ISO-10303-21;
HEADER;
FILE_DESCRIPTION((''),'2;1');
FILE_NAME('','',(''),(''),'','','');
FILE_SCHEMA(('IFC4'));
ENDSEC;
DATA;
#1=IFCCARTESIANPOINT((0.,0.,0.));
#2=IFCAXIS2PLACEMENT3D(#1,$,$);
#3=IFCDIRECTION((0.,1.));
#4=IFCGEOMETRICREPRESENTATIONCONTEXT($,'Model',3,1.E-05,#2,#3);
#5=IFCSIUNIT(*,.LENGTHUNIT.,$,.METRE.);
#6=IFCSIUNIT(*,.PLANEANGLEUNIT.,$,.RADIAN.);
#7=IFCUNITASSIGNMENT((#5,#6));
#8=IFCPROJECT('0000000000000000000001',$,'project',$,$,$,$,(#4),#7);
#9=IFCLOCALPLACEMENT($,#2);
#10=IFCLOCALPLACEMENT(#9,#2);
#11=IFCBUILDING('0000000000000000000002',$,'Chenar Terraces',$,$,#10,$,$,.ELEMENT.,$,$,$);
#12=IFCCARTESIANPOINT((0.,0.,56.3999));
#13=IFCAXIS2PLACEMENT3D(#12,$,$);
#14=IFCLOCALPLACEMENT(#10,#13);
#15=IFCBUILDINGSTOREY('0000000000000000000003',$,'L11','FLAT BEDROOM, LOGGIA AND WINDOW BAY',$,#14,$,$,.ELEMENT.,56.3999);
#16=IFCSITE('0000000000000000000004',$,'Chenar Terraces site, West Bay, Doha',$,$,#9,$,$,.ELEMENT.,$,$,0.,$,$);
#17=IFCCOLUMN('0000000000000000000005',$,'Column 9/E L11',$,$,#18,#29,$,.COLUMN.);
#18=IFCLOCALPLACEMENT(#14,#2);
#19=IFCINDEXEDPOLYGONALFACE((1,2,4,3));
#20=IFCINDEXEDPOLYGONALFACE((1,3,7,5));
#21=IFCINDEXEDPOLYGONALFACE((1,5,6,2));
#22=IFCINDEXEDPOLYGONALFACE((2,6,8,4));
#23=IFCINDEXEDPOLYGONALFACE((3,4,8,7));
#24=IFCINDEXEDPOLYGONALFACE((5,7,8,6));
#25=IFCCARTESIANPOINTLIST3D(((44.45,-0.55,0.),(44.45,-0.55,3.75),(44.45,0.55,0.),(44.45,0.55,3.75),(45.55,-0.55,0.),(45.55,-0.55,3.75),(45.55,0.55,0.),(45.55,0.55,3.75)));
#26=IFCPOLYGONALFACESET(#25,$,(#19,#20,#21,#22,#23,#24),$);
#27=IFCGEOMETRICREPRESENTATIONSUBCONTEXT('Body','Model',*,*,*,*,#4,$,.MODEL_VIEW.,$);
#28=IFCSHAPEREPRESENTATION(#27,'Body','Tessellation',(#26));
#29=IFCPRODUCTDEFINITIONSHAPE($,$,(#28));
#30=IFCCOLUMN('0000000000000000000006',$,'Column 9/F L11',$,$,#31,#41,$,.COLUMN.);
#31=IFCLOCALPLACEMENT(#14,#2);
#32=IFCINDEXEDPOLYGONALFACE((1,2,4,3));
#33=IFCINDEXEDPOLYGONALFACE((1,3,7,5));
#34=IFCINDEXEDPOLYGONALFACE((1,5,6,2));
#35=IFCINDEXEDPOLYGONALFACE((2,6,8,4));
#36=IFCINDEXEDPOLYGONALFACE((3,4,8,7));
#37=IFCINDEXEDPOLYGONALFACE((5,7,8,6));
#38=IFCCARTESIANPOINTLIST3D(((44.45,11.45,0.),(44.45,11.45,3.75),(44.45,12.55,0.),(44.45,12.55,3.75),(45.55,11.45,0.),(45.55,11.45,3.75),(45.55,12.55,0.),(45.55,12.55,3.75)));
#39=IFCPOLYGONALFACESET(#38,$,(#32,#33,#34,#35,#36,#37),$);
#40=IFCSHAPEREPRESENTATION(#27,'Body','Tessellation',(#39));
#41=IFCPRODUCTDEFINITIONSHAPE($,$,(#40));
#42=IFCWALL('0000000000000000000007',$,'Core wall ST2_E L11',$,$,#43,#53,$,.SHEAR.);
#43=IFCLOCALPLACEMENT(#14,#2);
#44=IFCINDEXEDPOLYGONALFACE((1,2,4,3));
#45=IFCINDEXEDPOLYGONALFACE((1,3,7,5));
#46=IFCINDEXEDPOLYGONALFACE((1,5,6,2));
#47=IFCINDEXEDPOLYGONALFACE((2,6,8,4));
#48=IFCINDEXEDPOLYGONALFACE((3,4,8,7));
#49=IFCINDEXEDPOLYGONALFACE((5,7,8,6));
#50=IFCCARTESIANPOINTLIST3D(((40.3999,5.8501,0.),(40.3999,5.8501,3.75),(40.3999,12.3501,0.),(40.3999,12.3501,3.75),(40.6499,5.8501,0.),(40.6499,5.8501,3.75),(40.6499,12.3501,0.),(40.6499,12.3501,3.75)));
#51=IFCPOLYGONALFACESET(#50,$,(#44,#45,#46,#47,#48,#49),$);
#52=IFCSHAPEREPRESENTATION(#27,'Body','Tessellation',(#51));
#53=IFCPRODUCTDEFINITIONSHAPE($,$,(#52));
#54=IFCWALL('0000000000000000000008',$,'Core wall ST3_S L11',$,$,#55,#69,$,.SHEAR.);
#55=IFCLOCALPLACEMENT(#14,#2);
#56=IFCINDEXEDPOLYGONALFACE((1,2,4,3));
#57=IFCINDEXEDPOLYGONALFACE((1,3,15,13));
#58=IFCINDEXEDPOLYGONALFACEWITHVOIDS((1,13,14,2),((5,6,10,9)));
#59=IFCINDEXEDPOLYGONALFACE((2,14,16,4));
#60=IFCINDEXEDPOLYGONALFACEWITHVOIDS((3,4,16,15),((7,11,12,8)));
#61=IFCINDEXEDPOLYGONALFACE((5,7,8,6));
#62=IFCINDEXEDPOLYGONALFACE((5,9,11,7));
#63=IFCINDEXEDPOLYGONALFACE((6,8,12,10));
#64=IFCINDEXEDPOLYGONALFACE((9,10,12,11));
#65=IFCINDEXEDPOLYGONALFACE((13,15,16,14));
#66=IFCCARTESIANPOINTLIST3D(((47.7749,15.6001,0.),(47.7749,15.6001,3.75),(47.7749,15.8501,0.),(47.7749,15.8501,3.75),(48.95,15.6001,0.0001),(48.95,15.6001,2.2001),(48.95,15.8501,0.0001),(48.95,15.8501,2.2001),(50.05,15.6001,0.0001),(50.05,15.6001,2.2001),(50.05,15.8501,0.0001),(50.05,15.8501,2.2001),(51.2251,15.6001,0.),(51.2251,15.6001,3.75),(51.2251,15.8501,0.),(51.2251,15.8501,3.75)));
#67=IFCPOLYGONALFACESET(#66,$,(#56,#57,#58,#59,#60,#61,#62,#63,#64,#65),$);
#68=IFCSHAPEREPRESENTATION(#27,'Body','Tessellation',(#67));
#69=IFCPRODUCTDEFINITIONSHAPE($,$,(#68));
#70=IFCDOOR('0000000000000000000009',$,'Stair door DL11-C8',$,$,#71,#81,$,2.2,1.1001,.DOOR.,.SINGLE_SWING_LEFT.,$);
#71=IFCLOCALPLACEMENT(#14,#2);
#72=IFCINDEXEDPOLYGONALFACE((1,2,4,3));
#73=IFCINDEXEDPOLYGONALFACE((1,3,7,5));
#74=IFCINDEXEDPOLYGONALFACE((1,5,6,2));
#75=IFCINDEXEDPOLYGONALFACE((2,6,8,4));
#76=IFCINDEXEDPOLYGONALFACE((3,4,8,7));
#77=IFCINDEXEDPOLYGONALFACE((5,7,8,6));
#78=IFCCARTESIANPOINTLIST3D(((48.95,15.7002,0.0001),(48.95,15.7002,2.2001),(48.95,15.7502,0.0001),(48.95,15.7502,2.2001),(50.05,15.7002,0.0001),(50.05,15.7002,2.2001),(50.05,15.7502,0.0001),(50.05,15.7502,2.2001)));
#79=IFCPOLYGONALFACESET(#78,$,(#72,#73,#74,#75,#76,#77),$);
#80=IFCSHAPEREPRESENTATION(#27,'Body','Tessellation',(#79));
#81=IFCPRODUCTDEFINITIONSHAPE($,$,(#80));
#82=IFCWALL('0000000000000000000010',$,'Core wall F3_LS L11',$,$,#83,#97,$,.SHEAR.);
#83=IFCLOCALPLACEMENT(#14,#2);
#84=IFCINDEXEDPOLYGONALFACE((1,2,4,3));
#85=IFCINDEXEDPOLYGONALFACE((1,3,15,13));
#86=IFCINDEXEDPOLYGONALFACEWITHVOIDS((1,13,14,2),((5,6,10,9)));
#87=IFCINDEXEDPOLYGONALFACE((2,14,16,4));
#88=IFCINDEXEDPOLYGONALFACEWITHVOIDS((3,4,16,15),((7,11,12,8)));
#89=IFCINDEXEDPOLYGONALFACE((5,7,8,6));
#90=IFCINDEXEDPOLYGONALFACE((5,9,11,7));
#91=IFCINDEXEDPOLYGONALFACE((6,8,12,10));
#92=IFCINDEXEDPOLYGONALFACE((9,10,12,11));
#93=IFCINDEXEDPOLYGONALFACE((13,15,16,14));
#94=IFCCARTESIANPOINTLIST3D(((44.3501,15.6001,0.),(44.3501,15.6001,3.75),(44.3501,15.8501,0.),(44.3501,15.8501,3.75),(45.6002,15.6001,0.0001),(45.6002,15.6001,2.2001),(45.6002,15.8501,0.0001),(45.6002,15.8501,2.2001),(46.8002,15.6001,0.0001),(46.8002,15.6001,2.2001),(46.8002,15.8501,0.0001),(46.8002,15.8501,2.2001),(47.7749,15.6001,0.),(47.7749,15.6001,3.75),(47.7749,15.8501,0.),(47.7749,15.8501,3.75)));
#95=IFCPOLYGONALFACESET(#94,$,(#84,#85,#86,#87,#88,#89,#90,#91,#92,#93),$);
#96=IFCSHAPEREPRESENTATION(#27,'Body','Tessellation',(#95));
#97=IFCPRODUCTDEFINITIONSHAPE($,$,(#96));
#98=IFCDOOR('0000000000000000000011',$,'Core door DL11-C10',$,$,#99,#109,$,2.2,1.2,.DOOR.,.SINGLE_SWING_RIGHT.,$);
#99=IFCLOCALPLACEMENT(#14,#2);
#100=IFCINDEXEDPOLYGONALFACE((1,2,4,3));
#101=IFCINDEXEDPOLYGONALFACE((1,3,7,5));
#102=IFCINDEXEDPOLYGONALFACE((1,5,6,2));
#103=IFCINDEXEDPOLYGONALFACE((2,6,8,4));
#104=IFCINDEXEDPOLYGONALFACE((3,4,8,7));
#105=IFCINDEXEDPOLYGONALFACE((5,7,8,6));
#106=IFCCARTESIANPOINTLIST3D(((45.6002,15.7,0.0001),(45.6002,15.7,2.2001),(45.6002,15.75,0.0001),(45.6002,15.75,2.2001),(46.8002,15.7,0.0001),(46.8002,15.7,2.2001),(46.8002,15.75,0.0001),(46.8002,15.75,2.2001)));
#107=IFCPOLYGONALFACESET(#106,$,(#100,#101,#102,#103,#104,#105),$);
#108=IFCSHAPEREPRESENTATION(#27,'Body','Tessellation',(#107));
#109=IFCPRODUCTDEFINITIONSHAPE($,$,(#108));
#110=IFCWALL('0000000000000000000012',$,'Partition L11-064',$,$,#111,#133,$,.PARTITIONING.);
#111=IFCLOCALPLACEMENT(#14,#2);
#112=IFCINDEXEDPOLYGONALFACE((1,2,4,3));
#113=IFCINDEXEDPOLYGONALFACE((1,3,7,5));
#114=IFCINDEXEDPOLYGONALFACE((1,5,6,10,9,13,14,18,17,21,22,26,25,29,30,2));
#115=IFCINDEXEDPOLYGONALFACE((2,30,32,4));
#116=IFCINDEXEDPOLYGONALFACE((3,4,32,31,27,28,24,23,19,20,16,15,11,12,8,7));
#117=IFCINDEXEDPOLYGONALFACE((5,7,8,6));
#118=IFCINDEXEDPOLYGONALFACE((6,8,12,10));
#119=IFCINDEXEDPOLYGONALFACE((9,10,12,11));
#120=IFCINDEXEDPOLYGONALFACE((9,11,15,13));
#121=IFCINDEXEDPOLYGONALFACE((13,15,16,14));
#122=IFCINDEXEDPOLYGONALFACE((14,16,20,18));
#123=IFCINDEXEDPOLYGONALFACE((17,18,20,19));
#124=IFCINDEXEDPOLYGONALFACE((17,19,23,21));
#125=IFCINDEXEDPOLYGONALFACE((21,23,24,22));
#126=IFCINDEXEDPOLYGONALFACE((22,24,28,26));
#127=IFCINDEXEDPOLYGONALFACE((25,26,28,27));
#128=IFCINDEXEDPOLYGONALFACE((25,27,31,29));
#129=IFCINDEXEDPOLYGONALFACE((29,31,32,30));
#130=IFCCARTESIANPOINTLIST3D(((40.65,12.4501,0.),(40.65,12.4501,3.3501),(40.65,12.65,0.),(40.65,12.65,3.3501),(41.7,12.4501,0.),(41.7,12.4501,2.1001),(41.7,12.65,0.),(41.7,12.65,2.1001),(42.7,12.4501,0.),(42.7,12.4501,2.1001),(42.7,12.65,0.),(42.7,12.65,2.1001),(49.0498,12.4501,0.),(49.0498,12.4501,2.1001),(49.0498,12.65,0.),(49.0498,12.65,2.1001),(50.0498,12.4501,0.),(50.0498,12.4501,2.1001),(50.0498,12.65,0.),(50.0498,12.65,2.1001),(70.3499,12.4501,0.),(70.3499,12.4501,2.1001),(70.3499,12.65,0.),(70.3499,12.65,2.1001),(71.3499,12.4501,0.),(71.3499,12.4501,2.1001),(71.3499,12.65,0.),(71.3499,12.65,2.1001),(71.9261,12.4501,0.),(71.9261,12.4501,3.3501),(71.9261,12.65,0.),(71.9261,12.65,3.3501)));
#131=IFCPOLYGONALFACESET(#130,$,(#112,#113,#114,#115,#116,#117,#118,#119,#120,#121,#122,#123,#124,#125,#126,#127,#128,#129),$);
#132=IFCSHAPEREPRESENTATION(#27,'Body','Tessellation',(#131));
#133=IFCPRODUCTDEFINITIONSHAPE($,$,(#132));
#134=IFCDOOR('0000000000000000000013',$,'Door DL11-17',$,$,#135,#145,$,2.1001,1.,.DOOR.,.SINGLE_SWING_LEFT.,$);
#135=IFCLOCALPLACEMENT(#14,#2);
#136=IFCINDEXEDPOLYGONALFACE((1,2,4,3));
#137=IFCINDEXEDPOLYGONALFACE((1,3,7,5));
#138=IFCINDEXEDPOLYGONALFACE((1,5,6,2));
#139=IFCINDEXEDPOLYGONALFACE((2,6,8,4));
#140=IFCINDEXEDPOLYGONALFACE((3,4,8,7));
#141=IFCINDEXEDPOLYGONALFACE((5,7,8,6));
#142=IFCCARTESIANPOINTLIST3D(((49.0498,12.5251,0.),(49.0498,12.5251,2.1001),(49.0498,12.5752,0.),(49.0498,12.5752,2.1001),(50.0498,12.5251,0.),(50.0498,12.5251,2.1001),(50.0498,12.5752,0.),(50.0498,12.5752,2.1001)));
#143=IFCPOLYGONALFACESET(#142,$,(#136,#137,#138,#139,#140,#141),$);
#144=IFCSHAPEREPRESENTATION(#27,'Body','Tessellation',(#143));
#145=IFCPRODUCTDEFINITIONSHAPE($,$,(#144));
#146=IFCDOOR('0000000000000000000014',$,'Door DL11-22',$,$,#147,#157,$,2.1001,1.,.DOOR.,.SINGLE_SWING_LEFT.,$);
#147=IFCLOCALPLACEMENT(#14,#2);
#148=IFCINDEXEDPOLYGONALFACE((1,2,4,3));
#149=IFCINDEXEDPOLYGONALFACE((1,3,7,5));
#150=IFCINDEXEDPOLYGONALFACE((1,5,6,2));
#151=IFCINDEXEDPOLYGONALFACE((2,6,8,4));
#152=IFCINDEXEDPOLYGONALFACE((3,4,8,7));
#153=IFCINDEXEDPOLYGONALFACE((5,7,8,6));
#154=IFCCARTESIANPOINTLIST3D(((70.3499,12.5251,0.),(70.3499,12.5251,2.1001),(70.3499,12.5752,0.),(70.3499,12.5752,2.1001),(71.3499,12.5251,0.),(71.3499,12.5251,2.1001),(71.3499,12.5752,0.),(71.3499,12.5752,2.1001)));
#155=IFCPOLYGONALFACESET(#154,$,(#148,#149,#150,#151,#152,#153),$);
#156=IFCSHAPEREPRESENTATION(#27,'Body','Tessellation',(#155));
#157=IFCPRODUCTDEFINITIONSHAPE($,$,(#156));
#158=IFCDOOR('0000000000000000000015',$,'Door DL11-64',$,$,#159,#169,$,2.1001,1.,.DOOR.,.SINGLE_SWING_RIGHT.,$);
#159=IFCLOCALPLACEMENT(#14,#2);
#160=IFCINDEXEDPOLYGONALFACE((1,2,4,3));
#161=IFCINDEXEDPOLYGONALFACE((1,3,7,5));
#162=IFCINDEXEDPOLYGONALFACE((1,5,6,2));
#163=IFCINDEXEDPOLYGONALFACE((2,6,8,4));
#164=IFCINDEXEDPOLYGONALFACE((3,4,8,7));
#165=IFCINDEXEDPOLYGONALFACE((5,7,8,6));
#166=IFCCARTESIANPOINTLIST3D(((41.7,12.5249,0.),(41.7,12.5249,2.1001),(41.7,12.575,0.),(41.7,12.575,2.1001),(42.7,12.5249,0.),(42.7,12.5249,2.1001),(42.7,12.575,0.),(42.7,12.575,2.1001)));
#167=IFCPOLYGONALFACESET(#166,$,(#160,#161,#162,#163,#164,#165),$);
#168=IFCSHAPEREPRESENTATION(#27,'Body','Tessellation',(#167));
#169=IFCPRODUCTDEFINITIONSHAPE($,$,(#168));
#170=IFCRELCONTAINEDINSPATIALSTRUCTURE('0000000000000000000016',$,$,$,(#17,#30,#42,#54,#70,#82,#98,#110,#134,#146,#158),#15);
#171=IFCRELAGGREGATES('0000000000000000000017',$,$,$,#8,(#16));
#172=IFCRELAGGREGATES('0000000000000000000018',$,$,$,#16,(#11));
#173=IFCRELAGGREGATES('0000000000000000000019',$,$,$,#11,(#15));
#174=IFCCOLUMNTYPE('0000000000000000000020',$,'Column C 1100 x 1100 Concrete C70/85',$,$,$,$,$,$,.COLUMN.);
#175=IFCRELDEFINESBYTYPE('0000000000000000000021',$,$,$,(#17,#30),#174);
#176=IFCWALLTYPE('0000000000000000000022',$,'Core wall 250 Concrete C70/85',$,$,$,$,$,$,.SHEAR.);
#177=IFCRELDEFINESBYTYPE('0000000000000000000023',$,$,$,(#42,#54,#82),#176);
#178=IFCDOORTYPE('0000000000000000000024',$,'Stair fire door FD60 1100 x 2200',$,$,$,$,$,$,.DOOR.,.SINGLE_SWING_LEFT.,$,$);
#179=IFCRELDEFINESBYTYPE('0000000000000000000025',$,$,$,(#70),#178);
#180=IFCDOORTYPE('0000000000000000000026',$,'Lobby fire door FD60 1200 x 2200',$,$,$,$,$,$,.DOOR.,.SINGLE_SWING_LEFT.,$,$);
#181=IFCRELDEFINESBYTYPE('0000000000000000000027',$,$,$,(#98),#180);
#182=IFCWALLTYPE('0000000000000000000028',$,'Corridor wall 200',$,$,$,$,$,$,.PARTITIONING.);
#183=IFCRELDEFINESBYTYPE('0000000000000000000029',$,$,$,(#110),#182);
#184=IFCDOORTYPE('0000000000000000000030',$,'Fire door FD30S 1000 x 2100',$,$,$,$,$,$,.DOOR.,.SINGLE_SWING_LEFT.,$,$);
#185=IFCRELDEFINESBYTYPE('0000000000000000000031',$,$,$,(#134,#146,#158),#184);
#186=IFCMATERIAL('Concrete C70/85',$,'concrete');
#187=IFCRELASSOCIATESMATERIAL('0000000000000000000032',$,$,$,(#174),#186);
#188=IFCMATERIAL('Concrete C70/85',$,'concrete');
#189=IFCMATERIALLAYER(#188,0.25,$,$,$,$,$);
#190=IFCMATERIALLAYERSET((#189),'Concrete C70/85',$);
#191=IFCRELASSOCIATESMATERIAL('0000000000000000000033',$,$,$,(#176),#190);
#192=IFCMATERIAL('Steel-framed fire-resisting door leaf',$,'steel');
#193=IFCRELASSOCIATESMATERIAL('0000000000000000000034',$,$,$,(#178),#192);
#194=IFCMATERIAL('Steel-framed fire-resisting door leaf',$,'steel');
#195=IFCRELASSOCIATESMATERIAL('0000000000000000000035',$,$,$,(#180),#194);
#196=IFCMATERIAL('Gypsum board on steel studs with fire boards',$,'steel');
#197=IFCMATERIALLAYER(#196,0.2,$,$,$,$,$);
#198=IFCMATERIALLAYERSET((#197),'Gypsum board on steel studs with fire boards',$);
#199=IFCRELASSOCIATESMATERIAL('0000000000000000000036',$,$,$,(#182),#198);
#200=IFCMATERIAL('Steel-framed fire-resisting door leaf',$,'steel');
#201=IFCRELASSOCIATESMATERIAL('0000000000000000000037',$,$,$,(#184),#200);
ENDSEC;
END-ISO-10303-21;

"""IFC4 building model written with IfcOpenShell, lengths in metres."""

from ifc_helpers import new_model, si_unit, direction, frame, frame_2d, origin, origin_2d, place, context, subcontext, project, spatial, rectangle, extrude, material, layer, layer_set, material_profile, profile_set, type_object, element, fill, save


model = new_model("IFC4")

# Units and contexts
model_context = context("Model", 3, precision=1e-05, world=origin(), true_north=direction((0.0, 1.0)))
body_context = subcontext(model_context, "Body", "Model", "MODEL_VIEW")
ifc_project = project(units=[si_unit("LENGTHUNIT", "METRE"), si_unit("PLANEANGLEUNIT", "RADIAN")], contexts=[model_context])

# Site, building, storey
site_placement = place(None, origin())
site = spatial("IfcSite", under=ifc_project, at=site_placement, Name="Chenar Terraces site, West Bay, Doha", CompositionType="ELEMENT", RefElevation=0.0)
building_placement = place(site_placement, origin())
building = spatial("IfcBuilding", under=site, at=building_placement, Name="Chenar Terraces", CompositionType="ELEMENT")
storey_placement = place(building_placement, frame((0.0, 0.0, 56.3999)))
storey = spatial("IfcBuildingStorey", under=building, at=storey_placement, Name="L11", Description="FLAT BEDROOM, LOGGIA AND WINDOW BAY", CompositionType="ELEMENT", Elevation=56.3999)

# Columns
ifc_material_1 = material(Name="Concrete C70/85", Category="concrete")
ifc_material_profile_1 = material_profile(ifc_material_1, rectangle(XDim=1.1001, YDim=1.1001, at=origin_2d()), Name="C 1100 x 1100")
ifc_profile_set_1 = profile_set([ifc_material_profile_1], Name="Concrete C70/85")
column_type = type_object("IfcColumnType", Name="Column C 1100 x 1100 Concrete C70/85", PredefinedType="COLUMN", material=ifc_profile_set_1)
for number, where, z_axis, x_axis, name in (
    (1, (45.0, 0.0, 0.0), (0.0, 0.0, 1.0), (1.0, 0.0, 0.0), "Column 9/E L11"),
    (2, (45.0, 12.0, 0.0), (0.0, 0.0, 1.0), (1.0, 0.0, 0.0), "Column 9/F L11"),
):
    element("IfcColumn", number, at=place(storey_placement, frame(where, z_axis=z_axis, x_axis=x_axis)), inside=storey, type_object=column_type, Name=name, PredefinedType="COLUMN", context=body_context, shape_type="SweptSolid", body=[
        extrude(rectangle(XDim=1.1001, YDim=1.1001, at=origin_2d()), origin(), (0.0, 0.0, 1.0), 3.75),
    ])

# Wall
ifc_material_2 = material(Name="Concrete C70/85", Category="concrete")
ifc_layer_1 = layer(ifc_material_2, 0.25)
ifc_layer_set_1 = layer_set([ifc_layer_1], Name="Concrete C70/85")
wall_type_1 = type_object("IfcWallType", Name="Core wall 250 Concrete C70/85", PredefinedType="SHEAR", material=ifc_layer_set_1)
wall_1_placement = place(storey_placement, frame((40.5249, 5.8501, 0.0), z_axis=(0.0, 0.0, 1.0), x_axis=(0.0, 1.0, 0.0)))
element("IfcWall", 3, at=wall_1_placement, inside=storey, type_object=wall_type_1, Name="Core wall ST2_E L11", PredefinedType="SHEAR", context=body_context, shape_type="SweptSolid", body=[
    extrude(rectangle(XDim=6.5, YDim=0.25, at=frame_2d((3.25, 0.0))), origin(), (0.0, 0.0, 1.0), 3.75),
])

# Walls, openings, doors
wall_2_placement = place(storey_placement, frame((47.7749, 15.7251, 0.0), z_axis=(0.0, 0.0, 1.0), x_axis=(1.0, 0.0, 0.0)))
wall_2 = element("IfcWall", 4, at=wall_2_placement, inside=storey, type_object=wall_type_1, Name="Core wall ST3_S L11", PredefinedType="SHEAR", context=body_context, shape_type="SweptSolid", body=[
    extrude(rectangle(XDim=3.4502, YDim=0.25, at=frame_2d((1.7251, 0.0))), origin(), (0.0, 0.0, 1.0), 3.75),
])
opening_1_placement = place(wall_2_placement, frame((1.175, 0.0, 0.0)))
opening_1 = element("IfcOpeningElement", 5, at=opening_1_placement, cuts=wall_2, PredefinedType="OPENING", context=body_context, shape_type="SweptSolid", body=[
    extrude(rectangle(XDim=1.1001, YDim=2.2, at=frame_2d((0.55, 1.1001))), frame((0.0, 0.135, 0.0), z_axis=(0.0, -1.0, 0.0), x_axis=(1.0, 0.0, 0.0)), (0.0, 0.0, 1.0), 0.27),
])
ifc_material_3 = material(Name="Steel-framed fire-resisting door leaf", Category="steel")
door_type_1 = type_object("IfcDoorType", Name="Stair fire door FD60 1100 x 2200", OperationType="SINGLE_SWING_LEFT", PredefinedType="DOOR", material=ifc_material_3)
door_1_placement = place(opening_1_placement, frame((1.1001, 0.0, 0.0), z_axis=(0.0, 0.0, 1.0), x_axis=(-1.0, 0.0, 0.0)))
door_1 = element("IfcDoor", 6, at=door_1_placement, inside=storey, type_object=door_type_1, Name="Stair door DL11-C8", OperationType="SINGLE_SWING_LEFT", OverallHeight=2.2, OverallWidth=1.1001, PredefinedType="DOOR", context=body_context, shape_type="SweptSolid", body=[
    extrude(rectangle(XDim=1.1001, YDim=2.2, at=frame_2d((0.55, 1.1001))), frame((0.0, 0.0249, 0.0), z_axis=(0.0, -1.0, 0.0), x_axis=(1.0, 0.0, 0.0)), (0.0, 0.0, 1.0), 0.05),
])
fill(opening_1, door_1)
wall_3_placement = place(storey_placement, frame((44.3501, 15.7251, 0.0), z_axis=(0.0, 0.0, 1.0), x_axis=(1.0, 0.0, 0.0)))
wall_3 = element("IfcWall", 7, at=wall_3_placement, inside=storey, type_object=wall_type_1, Name="Core wall F3_LS L11", PredefinedType="SHEAR", context=body_context, shape_type="SweptSolid", body=[
    extrude(rectangle(XDim=3.4248, YDim=0.25, at=frame_2d((1.7124, 0.0))), origin(), (0.0, 0.0, 1.0), 3.75),
])
opening_2_placement = place(wall_3_placement, frame((1.25, 0.0, 0.0)))
opening_2 = element("IfcOpeningElement", 8, at=opening_2_placement, cuts=wall_3, PredefinedType="OPENING", context=body_context, shape_type="SweptSolid", body=[
    extrude(rectangle(XDim=1.2, YDim=2.2, at=frame_2d((0.6001, 1.1001))), frame((0.0, 0.135, 0.0), z_axis=(0.0, -1.0, 0.0), x_axis=(1.0, 0.0, 0.0)), (0.0, 0.0, 1.0), 0.27),
])
ifc_material_4 = material(Name="Steel-framed fire-resisting door leaf", Category="steel")
door_type_2 = type_object("IfcDoorType", Name="Lobby fire door FD60 1200 x 2200", OperationType="SINGLE_SWING_LEFT", PredefinedType="DOOR", material=ifc_material_4)
door_2_placement = place(opening_2_placement, origin())
door_2 = element("IfcDoor", 9, at=door_2_placement, inside=storey, type_object=door_type_2, Name="Core door DL11-C10", OperationType="SINGLE_SWING_RIGHT", OverallHeight=2.2, OverallWidth=1.2, PredefinedType="DOOR", context=body_context, shape_type="SweptSolid", body=[
    extrude(rectangle(XDim=1.2, YDim=2.2, at=frame_2d((0.6001, 1.1001))), frame((0.0, 0.0249, 0.0), z_axis=(0.0, -1.0, 0.0), x_axis=(1.0, 0.0, 0.0)), (0.0, 0.0, 1.0), 0.05),
])
fill(opening_2, door_2)

# Wall, openings, doors
ifc_material_5 = material(Name="Gypsum board on steel studs with fire boards", Category="steel")
ifc_layer_2 = layer(ifc_material_5, 0.2)
ifc_layer_set_2 = layer_set([ifc_layer_2], Name="Gypsum board on steel studs with fire boards")
wall_type_2 = type_object("IfcWallType", Name="Corridor wall 200", PredefinedType="PARTITIONING", material=ifc_layer_set_2)
wall_4_placement = place(storey_placement, frame((40.6499, 12.55, 0.0), z_axis=(0.0, 0.0, 1.0), x_axis=(1.0, 0.0, 0.0)))
wall_4 = element("IfcWall", 10, at=wall_4_placement, inside=storey, type_object=wall_type_2, Name="Partition L11-064", PredefinedType="PARTITIONING", context=body_context, shape_type="SweptSolid", body=[
    extrude(rectangle(XDim=31.2761, YDim=0.2, at=frame_2d((15.6382, 0.0))), origin(), (0.0, 0.0, 1.0), 3.3501),
])
opening_3_placement = place(wall_4_placement, frame((8.3999, 0.0, 0.0)))
opening_3 = element("IfcOpeningElement", 11, at=opening_3_placement, cuts=wall_4, PredefinedType="OPENING", context=body_context, shape_type="SweptSolid", body=[
    extrude(rectangle(XDim=1.0, YDim=2.1001, at=frame_2d((0.5, 1.05))), frame((0.0, 0.1099, 0.0), z_axis=(0.0, -1.0, 0.0), x_axis=(1.0, 0.0, 0.0)), (0.0, 0.0, 1.0), 0.22),
])
opening_4_placement = place(wall_4_placement, frame((29.7, 0.0, 0.0)))
opening_4 = element("IfcOpeningElement", 12, at=opening_4_placement, cuts=wall_4, PredefinedType="OPENING", context=body_context, shape_type="SweptSolid", body=[
    extrude(rectangle(XDim=1.0, YDim=2.1001, at=frame_2d((0.5, 1.05))), frame((0.0, 0.1099, 0.0), z_axis=(0.0, -1.0, 0.0), x_axis=(1.0, 0.0, 0.0)), (0.0, 0.0, 1.0), 0.22),
])
opening_5_placement = place(wall_4_placement, frame((1.05, 0.0, 0.0)))
opening_5 = element("IfcOpeningElement", 13, at=opening_5_placement, cuts=wall_4, PredefinedType="OPENING", context=body_context, shape_type="SweptSolid", body=[
    extrude(rectangle(XDim=1.0, YDim=2.1001, at=frame_2d((0.5, 1.05))), frame((0.0, 0.1099, 0.0), z_axis=(0.0, -1.0, 0.0), x_axis=(1.0, 0.0, 0.0)), (0.0, 0.0, 1.0), 0.22),
])
ifc_material_6 = material(Name="Steel-framed fire-resisting door leaf", Category="steel")
door_type_3 = type_object("IfcDoorType", Name="Fire door FD30S 1000 x 2100", OperationType="SINGLE_SWING_LEFT", PredefinedType="DOOR", material=ifc_material_6)
door_3_placement = place(opening_3_placement, frame((1.0, 0.0, 0.0), z_axis=(0.0, 0.0, 1.0), x_axis=(-1.0, 0.0, 0.0)))
door_3 = element("IfcDoor", 14, at=door_3_placement, inside=storey, type_object=door_type_3, Name="Door DL11-17", OperationType="SINGLE_SWING_LEFT", OverallHeight=2.1001, OverallWidth=1.0, PredefinedType="DOOR", context=body_context, shape_type="SweptSolid", body=[
    extrude(rectangle(XDim=1.0, YDim=2.1001, at=frame_2d((0.5, 1.05))), frame((0.0, 0.0249, 0.0), z_axis=(0.0, -1.0, 0.0), x_axis=(1.0, 0.0, 0.0)), (0.0, 0.0, 1.0), 0.05),
])
fill(opening_3, door_3)
door_4_placement = place(opening_4_placement, frame((1.0, 0.0, 0.0), z_axis=(0.0, 0.0, 1.0), x_axis=(-1.0, 0.0, 0.0)))
door_4 = element("IfcDoor", 15, at=door_4_placement, inside=storey, type_object=door_type_3, Name="Door DL11-22", OperationType="SINGLE_SWING_LEFT", OverallHeight=2.1001, OverallWidth=1.0, PredefinedType="DOOR", context=body_context, shape_type="SweptSolid", body=[
    extrude(rectangle(XDim=1.0, YDim=2.1001, at=frame_2d((0.5, 1.05))), frame((0.0, 0.0249, 0.0), z_axis=(0.0, -1.0, 0.0), x_axis=(1.0, 0.0, 0.0)), (0.0, 0.0, 1.0), 0.05),
])
fill(opening_4, door_4)
door_5_placement = place(opening_5_placement, origin())
door_5 = element("IfcDoor", 16, at=door_5_placement, inside=storey, type_object=door_type_3, Name="Door DL11-64", OperationType="SINGLE_SWING_RIGHT", OverallHeight=2.1001, OverallWidth=1.0, PredefinedType="DOOR", context=body_context, shape_type="SweptSolid", body=[
    extrude(rectangle(XDim=1.0, YDim=2.1001, at=frame_2d((0.5, 1.05))), frame((0.0, 0.0249, 0.0), z_axis=(0.0, -1.0, 0.0), x_axis=(1.0, 0.0, 0.0)), (0.0, 0.0, 1.0), 0.05),
])
fill(opening_5, door_5)

save(model, "model.ifc")
